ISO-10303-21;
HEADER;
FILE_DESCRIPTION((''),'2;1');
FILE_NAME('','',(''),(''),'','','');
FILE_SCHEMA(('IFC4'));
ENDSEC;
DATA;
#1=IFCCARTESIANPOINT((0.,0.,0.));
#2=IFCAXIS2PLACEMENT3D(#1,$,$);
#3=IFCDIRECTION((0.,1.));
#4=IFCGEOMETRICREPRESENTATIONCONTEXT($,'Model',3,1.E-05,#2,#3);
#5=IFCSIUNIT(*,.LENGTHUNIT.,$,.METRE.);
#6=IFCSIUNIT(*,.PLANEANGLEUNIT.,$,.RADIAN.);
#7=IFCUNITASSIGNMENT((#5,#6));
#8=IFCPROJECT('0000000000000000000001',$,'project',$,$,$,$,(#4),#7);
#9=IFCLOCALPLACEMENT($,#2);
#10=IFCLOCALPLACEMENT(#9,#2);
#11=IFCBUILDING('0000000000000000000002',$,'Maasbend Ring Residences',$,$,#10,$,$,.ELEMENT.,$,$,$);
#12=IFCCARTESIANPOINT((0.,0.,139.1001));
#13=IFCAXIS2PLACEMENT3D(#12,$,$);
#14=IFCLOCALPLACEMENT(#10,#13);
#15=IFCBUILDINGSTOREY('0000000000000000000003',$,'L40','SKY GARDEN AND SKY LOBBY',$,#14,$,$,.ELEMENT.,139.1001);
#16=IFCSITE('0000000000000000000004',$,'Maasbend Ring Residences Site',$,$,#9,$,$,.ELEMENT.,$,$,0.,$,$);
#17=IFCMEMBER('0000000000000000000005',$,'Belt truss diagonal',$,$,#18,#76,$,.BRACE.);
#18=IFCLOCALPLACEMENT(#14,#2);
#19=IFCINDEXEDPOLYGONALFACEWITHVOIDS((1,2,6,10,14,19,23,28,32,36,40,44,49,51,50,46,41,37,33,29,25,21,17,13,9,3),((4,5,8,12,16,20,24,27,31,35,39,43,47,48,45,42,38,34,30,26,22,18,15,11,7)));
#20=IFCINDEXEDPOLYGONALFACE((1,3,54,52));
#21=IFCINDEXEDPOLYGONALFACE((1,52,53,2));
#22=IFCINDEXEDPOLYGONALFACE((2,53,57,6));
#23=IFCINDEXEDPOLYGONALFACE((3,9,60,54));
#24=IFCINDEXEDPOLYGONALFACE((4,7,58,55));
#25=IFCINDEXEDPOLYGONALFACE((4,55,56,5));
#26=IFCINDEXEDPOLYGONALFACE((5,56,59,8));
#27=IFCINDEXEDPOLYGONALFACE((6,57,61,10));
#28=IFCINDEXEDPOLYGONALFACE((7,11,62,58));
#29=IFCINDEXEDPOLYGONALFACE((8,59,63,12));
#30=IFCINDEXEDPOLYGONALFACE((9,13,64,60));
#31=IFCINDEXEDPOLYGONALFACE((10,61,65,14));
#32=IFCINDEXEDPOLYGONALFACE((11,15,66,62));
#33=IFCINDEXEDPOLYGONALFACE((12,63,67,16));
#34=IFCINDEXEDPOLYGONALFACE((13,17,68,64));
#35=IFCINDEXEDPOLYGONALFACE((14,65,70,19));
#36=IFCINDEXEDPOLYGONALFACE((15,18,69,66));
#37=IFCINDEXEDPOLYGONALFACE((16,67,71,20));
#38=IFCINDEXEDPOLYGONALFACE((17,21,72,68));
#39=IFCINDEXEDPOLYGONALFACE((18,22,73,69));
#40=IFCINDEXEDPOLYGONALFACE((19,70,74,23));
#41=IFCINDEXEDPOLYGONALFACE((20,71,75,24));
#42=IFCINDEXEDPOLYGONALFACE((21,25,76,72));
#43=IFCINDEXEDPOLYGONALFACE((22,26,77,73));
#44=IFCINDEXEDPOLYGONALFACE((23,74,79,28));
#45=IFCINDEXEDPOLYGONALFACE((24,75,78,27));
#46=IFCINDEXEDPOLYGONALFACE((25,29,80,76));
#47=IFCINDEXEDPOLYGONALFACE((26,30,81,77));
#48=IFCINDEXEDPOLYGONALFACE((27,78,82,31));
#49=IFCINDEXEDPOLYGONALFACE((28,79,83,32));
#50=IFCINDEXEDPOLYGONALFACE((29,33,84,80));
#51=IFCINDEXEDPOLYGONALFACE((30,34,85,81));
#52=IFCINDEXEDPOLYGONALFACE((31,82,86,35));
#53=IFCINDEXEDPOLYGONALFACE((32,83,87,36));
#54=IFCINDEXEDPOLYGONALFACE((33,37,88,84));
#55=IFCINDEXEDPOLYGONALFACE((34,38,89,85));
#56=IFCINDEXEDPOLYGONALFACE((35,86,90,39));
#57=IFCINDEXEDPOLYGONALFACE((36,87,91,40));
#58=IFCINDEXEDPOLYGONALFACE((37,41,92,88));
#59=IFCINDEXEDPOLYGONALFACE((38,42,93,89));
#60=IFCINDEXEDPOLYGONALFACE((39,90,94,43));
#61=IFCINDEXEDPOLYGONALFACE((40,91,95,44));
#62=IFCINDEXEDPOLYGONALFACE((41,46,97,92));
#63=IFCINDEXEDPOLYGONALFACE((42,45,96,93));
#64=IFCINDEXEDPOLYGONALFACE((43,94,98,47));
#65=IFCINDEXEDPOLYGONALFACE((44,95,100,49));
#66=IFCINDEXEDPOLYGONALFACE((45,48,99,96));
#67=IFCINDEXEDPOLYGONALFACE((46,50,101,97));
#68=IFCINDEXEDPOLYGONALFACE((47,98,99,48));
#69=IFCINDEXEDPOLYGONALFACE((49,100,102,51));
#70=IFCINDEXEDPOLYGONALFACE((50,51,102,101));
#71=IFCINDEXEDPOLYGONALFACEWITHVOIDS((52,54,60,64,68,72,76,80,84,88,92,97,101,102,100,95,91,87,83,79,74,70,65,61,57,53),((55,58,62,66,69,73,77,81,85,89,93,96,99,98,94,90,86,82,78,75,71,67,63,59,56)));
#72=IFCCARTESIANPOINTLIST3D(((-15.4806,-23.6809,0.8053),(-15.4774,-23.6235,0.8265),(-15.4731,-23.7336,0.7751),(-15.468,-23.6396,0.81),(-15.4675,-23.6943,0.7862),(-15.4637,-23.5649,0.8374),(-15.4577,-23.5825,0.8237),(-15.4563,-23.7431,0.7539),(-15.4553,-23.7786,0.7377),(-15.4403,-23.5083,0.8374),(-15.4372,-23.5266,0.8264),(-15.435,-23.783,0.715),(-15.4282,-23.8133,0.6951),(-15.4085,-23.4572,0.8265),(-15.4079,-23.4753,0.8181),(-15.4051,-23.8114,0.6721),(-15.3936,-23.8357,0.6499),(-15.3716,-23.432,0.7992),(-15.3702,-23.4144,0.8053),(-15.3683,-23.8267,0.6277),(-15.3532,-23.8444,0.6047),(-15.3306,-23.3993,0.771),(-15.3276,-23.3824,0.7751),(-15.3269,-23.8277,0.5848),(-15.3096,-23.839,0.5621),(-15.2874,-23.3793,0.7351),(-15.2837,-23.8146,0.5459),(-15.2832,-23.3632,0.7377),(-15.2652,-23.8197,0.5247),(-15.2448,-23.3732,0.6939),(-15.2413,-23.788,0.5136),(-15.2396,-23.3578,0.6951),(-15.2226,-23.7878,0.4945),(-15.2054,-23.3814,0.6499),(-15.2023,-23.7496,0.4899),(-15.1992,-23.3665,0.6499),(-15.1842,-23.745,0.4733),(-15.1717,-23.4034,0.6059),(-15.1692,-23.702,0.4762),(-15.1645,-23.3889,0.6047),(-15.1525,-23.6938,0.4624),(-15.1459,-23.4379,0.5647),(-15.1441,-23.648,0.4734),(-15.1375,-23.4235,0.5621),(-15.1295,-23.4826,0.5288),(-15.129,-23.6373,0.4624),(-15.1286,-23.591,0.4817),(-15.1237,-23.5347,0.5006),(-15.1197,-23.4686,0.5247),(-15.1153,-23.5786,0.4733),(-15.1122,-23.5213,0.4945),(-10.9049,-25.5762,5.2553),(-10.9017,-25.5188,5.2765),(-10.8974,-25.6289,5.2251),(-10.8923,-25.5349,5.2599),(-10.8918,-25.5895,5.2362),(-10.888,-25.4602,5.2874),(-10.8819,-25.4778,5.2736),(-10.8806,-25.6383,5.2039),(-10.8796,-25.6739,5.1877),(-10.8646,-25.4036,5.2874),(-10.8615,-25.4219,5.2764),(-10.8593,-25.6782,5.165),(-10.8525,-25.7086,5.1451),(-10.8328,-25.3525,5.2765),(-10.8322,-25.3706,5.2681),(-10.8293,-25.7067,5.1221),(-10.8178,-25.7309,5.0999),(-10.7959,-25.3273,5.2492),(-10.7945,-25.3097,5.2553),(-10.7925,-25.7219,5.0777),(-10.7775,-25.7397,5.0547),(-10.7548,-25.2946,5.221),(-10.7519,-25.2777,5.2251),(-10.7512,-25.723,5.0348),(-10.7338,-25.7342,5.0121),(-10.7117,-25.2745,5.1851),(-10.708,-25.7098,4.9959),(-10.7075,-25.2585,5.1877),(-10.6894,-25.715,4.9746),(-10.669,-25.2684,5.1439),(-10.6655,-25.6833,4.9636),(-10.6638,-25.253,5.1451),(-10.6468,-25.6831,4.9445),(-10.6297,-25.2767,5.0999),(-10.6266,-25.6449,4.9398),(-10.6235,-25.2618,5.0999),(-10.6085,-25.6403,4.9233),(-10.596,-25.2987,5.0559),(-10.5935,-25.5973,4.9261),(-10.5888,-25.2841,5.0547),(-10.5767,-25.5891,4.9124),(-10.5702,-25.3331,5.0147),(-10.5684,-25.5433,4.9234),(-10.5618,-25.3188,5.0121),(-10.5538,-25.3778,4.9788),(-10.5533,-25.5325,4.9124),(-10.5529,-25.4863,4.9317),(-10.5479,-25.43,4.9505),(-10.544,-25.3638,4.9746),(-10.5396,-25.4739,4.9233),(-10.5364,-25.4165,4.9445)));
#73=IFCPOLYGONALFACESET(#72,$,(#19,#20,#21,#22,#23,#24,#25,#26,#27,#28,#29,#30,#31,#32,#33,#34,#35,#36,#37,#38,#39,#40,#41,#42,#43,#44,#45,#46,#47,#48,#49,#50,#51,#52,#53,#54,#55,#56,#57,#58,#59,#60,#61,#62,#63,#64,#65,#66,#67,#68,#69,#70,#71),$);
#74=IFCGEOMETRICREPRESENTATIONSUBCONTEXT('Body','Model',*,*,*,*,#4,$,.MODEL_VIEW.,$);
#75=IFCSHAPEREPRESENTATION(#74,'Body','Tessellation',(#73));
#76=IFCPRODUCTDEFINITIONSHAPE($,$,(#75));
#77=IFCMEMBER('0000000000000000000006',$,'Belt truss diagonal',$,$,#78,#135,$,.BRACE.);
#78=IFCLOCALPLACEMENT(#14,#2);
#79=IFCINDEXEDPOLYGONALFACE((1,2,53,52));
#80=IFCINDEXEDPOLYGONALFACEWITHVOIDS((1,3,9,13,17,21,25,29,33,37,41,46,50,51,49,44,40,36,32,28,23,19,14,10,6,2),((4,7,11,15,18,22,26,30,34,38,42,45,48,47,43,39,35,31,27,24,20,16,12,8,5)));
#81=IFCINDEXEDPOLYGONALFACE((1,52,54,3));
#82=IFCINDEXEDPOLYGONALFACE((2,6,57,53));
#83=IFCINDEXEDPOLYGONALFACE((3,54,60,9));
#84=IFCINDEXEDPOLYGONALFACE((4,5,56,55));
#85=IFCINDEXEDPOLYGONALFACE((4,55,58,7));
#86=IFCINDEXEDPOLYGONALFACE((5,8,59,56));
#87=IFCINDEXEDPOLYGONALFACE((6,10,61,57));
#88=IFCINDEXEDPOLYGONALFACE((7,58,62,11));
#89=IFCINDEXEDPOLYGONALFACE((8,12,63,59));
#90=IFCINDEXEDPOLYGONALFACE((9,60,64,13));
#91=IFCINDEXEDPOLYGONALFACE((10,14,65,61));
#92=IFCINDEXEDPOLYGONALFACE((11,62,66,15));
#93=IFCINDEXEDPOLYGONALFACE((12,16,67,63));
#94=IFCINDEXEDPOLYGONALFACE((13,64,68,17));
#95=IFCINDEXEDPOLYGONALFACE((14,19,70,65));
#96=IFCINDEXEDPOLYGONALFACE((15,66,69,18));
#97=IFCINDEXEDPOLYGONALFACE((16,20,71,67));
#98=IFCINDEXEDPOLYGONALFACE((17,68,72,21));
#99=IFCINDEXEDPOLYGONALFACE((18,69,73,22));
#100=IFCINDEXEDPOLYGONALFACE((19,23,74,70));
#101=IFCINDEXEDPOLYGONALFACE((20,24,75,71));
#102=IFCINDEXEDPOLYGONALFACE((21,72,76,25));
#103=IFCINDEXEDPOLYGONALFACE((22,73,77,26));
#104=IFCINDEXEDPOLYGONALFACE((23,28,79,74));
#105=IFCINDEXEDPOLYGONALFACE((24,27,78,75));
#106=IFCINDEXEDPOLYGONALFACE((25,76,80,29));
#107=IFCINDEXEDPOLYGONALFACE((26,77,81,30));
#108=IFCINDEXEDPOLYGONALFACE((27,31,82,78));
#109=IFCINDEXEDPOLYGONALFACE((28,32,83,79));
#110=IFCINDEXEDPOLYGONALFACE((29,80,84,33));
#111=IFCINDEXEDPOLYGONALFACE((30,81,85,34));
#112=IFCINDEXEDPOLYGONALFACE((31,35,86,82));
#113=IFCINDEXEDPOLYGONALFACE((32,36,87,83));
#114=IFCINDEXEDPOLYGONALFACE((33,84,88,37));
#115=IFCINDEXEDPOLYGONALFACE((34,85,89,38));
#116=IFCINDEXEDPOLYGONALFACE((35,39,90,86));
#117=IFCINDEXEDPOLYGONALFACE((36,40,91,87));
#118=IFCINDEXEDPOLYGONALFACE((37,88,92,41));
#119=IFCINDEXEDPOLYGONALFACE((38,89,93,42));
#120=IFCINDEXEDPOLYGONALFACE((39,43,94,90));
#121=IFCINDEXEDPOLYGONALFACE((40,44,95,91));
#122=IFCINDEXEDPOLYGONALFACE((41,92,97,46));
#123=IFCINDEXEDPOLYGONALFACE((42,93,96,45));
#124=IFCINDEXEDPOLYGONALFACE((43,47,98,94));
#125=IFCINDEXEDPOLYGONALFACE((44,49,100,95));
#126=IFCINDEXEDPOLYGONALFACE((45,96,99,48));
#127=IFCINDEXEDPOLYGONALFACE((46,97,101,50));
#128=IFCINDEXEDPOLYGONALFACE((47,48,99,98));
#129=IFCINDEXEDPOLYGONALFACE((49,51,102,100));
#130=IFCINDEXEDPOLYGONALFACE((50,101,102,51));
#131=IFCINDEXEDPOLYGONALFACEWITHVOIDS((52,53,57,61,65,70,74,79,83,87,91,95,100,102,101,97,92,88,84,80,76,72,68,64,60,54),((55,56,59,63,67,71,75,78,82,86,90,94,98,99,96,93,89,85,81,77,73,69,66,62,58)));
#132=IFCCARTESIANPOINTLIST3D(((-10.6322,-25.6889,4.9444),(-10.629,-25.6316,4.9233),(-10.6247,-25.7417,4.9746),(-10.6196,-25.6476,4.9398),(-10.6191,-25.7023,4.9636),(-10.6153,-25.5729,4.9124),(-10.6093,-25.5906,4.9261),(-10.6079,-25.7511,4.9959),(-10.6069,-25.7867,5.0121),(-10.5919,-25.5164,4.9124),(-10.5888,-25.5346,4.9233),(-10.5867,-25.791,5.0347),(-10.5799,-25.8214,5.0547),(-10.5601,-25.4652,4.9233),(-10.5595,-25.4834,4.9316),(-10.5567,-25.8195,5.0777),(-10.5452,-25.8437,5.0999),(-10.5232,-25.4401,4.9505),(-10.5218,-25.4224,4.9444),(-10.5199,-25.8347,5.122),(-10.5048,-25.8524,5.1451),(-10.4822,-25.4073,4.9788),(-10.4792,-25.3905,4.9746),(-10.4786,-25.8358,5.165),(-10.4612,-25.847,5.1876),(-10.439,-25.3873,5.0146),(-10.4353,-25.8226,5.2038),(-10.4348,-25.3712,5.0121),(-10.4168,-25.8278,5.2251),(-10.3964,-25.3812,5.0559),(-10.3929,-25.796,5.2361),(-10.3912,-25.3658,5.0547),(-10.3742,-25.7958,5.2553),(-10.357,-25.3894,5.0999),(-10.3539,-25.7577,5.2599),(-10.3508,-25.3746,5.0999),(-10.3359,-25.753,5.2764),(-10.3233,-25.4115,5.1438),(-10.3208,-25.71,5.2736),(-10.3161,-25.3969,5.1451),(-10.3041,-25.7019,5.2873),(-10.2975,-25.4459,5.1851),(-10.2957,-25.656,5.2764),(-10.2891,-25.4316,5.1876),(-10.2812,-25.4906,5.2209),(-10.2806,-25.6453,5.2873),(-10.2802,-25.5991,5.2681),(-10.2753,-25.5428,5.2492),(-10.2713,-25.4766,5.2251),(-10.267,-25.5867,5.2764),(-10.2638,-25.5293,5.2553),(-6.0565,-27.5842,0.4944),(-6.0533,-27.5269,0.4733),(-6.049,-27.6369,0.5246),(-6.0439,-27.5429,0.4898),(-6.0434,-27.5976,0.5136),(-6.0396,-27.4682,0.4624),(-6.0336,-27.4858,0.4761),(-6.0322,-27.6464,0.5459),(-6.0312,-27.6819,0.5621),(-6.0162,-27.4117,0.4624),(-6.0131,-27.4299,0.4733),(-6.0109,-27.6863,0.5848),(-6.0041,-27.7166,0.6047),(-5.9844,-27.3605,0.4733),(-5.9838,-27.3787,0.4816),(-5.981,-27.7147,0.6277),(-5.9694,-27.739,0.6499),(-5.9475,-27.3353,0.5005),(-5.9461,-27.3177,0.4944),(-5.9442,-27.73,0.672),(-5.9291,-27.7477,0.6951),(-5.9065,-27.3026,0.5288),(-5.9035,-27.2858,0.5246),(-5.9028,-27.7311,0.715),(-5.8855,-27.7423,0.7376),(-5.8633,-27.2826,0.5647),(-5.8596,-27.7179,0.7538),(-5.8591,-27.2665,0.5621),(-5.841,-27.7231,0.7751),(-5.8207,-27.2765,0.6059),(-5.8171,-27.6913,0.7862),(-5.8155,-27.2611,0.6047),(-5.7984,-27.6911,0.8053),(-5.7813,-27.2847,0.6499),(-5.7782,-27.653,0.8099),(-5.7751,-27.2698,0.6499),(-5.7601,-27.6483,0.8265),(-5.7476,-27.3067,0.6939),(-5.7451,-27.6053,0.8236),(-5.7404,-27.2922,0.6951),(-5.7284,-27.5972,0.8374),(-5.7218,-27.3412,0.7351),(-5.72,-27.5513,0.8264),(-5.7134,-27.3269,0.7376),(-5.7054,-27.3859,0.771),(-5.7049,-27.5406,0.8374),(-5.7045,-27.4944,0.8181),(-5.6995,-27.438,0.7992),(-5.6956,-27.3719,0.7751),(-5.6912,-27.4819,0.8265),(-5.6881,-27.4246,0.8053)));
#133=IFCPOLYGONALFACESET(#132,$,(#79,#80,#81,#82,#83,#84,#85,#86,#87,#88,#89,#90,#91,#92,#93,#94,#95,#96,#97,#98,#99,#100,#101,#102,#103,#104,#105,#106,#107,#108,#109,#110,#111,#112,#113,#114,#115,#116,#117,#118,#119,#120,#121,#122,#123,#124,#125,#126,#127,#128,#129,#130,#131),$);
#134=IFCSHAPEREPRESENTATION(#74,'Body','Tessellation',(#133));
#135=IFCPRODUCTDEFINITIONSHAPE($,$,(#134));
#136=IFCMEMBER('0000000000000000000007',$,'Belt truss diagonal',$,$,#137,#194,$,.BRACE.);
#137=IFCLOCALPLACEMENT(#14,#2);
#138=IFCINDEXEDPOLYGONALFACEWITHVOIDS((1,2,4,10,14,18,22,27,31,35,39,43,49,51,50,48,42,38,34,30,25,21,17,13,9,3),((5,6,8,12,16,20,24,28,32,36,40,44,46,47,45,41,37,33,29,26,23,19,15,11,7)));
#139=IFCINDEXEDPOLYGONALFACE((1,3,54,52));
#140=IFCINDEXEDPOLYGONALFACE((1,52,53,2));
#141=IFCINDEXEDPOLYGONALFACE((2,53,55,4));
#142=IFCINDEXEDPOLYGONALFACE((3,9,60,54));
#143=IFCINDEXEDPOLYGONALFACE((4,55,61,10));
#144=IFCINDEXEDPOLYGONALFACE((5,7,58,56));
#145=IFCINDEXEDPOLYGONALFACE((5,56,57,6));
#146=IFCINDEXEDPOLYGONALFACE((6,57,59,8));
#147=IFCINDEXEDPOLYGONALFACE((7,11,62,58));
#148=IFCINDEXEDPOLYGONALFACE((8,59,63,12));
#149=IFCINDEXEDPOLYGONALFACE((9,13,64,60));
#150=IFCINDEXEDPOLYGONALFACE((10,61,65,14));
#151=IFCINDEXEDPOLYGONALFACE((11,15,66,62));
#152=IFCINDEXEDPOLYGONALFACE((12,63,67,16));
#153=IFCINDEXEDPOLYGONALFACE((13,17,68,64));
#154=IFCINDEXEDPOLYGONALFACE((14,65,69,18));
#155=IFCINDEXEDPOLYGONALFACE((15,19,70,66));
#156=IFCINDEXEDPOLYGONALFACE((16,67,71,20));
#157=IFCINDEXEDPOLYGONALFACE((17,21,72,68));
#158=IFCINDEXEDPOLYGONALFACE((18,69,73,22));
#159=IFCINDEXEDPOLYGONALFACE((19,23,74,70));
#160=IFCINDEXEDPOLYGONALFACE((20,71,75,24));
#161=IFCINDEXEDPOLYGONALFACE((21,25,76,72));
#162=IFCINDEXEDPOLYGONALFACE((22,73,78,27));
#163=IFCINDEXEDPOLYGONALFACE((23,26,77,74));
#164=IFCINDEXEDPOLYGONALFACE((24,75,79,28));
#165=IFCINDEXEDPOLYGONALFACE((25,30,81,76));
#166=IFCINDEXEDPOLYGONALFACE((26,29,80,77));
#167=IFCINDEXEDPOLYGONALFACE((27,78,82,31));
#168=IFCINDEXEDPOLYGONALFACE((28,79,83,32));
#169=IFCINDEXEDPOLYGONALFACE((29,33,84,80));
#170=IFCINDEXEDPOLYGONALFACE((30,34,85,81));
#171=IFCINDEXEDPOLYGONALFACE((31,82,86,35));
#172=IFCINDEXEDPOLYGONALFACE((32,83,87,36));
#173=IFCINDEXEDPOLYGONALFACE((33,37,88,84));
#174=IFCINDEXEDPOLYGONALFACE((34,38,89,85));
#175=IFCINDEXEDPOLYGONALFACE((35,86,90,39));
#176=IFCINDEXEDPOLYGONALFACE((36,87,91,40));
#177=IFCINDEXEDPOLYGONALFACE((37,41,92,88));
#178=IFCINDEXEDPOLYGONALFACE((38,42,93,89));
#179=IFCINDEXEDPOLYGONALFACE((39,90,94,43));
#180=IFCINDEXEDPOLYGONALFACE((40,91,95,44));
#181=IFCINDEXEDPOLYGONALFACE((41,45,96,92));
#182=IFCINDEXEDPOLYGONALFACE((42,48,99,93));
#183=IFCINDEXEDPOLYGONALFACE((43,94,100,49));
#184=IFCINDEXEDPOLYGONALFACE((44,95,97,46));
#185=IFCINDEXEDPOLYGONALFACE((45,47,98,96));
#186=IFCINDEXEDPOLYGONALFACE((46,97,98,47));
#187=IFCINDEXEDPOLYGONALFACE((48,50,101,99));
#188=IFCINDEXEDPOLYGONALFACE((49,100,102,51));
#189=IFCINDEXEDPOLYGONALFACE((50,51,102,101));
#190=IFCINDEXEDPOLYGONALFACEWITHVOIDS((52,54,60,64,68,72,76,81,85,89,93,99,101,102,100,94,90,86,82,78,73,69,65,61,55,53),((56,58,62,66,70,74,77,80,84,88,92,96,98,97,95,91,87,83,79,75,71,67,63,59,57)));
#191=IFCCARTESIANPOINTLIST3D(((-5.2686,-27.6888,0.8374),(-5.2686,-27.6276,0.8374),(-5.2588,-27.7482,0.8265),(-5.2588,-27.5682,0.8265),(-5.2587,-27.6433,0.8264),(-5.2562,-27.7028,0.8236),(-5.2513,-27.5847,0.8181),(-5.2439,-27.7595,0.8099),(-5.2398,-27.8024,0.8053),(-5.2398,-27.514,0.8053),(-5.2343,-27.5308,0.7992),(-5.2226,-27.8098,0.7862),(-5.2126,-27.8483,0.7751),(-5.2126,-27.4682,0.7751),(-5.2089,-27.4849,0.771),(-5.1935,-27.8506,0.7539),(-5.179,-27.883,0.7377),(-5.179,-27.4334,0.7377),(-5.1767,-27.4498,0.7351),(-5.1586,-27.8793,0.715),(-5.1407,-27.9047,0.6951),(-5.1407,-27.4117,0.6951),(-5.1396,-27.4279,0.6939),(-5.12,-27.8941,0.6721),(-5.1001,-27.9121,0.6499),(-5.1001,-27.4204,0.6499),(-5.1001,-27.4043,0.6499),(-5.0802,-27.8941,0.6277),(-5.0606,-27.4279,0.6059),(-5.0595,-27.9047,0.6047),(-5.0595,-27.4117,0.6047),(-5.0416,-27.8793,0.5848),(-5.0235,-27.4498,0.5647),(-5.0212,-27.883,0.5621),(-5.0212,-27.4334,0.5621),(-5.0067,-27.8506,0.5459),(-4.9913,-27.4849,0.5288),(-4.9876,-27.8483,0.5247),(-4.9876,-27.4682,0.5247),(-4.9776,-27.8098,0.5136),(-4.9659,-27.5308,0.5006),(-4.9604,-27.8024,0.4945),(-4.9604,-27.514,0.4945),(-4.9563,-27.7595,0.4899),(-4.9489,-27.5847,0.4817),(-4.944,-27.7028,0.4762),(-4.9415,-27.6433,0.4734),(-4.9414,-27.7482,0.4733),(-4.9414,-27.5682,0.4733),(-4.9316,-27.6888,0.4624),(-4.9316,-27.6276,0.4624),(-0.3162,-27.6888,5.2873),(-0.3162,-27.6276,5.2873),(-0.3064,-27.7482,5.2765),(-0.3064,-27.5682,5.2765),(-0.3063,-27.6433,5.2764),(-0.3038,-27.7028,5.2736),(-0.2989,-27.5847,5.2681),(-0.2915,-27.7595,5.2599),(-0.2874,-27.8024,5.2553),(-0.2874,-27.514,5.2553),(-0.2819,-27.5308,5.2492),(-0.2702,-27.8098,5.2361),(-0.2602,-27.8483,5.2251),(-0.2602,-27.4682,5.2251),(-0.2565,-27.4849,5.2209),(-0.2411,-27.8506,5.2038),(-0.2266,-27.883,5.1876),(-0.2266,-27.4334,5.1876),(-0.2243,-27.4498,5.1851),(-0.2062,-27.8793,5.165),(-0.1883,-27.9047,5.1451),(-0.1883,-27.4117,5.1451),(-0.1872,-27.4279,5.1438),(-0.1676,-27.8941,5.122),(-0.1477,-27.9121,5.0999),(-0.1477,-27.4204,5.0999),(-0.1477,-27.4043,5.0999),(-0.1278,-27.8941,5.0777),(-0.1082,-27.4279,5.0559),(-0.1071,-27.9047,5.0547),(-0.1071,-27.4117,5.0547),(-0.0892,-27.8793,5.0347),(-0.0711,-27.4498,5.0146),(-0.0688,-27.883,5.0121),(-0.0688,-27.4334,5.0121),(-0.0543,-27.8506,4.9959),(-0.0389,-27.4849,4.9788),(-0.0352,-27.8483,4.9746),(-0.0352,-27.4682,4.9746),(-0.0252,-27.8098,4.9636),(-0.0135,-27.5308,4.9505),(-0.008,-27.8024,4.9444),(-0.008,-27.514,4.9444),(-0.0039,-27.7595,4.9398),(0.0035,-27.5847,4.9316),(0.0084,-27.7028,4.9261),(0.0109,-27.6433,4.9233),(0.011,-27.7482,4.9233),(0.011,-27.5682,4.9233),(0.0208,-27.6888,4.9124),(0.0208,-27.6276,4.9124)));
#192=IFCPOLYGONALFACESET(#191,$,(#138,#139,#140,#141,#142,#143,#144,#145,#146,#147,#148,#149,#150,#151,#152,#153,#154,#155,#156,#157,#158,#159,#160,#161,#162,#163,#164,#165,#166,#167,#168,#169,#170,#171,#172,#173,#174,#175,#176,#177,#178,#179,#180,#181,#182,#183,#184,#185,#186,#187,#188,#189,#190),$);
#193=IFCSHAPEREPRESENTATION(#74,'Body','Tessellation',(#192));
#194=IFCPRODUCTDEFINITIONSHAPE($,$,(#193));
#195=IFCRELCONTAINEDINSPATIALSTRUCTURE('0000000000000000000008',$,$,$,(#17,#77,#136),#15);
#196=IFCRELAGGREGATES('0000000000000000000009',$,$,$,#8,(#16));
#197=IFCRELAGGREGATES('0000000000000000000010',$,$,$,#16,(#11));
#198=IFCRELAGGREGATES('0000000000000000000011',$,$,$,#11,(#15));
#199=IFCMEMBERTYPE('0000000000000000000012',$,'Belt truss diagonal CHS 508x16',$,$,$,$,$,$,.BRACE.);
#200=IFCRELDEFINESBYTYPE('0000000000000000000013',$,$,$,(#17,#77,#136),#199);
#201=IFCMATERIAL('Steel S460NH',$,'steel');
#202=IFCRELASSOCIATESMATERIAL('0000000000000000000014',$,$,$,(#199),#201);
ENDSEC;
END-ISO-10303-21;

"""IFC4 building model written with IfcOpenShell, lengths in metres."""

from ifc_helpers import new_model, si_unit, direction, frame, origin, origin_2d, place, context, subcontext, project, spatial, hollow_circle, extrude, material, material_profile, profile_set, type_object, element, save


model = new_model("IFC4")

# Units and contexts
model_context = context("Model", 3, precision=1e-05, world=origin(), true_north=direction((0.0, 1.0)))
body_context = subcontext(model_context, "Body", "Model", "MODEL_VIEW")
ifc_project = project(units=[si_unit("LENGTHUNIT", "METRE"), si_unit("PLANEANGLEUNIT", "RADIAN")], contexts=[model_context])

# Site, building, storey
site_placement = place(None, origin())
site = spatial("IfcSite", under=ifc_project, at=site_placement, Name="Maasbend Ring Residences Site", CompositionType="ELEMENT", RefElevation=0.0)
building_placement = place(site_placement, origin())
building = spatial("IfcBuilding", under=site, at=building_placement, Name="Maasbend Ring Residences", CompositionType="ELEMENT")
storey_placement = place(building_placement, frame((0.0, 0.0, 139.1001)))
storey = spatial("IfcBuildingStorey", under=building, at=storey_placement, Name="L40", Description="SKY GARDEN AND SKY LOBBY", CompositionType="ELEMENT", Elevation=139.1001)

# Members
ifc_material_1 = material(Name="Steel S460NH", Category="steel")
ifc_material_profile_1 = material_profile(ifc_material_1, hollow_circle(Radius=0.2539, WallThickness=0.0161, at=origin_2d()), Name="Belt truss diagonal CHS 508x16")
ifc_profile_set_1 = profile_set([ifc_material_profile_1], Name="Steel S460NH")
member_type_1 = type_object("IfcMemberType", Name="Belt truss diagonal CHS 508x16", PredefinedType="BRACE", material=ifc_profile_set_1)
for number, where, z_axis, x_axis, name in (
    (1, (-15.2964, -23.6011, 0.6499), (0.68723, -0.284653, 0.668346), (0.382675, 0.923883, 0.0), "Belt truss diagonal"),
    (2, (-10.448, -25.6091, 5.0999), (0.68723, -0.284653, -0.668346), (0.382675, 0.923883, 0.0), "Belt truss diagonal"),
):
    element("IfcMember", number, at=place(storey_placement, frame(where, z_axis=z_axis, x_axis=x_axis)), inside=storey, type_object=member_type_1, Name=name, PredefinedType="BRACE", context=body_context, shape_type="SweptSolid", body=[
        extrude(hollow_circle(Radius=0.2539, WallThickness=0.0161, at=origin_2d()), origin(), (0.0, 0.0, 1.0), 6.6582),
    ])
member_placement = place(storey_placement, frame((-5.1001, -27.6582, 0.6499), z_axis=(0.743832, 0.0, 0.668367), x_axis=(0.0, 1.0, 0.0)))
element("IfcMember", 3, at=member_placement, inside=storey, type_object=member_type_1, Name="Belt truss diagonal", PredefinedType="BRACE", context=body_context, shape_type="SweptSolid", body=[
    extrude(hollow_circle(Radius=0.2539, WallThickness=0.0161, at=origin_2d()), origin(), (0.0, 0.0, 1.0), 6.658),
])

save(model, "model.ifc")
